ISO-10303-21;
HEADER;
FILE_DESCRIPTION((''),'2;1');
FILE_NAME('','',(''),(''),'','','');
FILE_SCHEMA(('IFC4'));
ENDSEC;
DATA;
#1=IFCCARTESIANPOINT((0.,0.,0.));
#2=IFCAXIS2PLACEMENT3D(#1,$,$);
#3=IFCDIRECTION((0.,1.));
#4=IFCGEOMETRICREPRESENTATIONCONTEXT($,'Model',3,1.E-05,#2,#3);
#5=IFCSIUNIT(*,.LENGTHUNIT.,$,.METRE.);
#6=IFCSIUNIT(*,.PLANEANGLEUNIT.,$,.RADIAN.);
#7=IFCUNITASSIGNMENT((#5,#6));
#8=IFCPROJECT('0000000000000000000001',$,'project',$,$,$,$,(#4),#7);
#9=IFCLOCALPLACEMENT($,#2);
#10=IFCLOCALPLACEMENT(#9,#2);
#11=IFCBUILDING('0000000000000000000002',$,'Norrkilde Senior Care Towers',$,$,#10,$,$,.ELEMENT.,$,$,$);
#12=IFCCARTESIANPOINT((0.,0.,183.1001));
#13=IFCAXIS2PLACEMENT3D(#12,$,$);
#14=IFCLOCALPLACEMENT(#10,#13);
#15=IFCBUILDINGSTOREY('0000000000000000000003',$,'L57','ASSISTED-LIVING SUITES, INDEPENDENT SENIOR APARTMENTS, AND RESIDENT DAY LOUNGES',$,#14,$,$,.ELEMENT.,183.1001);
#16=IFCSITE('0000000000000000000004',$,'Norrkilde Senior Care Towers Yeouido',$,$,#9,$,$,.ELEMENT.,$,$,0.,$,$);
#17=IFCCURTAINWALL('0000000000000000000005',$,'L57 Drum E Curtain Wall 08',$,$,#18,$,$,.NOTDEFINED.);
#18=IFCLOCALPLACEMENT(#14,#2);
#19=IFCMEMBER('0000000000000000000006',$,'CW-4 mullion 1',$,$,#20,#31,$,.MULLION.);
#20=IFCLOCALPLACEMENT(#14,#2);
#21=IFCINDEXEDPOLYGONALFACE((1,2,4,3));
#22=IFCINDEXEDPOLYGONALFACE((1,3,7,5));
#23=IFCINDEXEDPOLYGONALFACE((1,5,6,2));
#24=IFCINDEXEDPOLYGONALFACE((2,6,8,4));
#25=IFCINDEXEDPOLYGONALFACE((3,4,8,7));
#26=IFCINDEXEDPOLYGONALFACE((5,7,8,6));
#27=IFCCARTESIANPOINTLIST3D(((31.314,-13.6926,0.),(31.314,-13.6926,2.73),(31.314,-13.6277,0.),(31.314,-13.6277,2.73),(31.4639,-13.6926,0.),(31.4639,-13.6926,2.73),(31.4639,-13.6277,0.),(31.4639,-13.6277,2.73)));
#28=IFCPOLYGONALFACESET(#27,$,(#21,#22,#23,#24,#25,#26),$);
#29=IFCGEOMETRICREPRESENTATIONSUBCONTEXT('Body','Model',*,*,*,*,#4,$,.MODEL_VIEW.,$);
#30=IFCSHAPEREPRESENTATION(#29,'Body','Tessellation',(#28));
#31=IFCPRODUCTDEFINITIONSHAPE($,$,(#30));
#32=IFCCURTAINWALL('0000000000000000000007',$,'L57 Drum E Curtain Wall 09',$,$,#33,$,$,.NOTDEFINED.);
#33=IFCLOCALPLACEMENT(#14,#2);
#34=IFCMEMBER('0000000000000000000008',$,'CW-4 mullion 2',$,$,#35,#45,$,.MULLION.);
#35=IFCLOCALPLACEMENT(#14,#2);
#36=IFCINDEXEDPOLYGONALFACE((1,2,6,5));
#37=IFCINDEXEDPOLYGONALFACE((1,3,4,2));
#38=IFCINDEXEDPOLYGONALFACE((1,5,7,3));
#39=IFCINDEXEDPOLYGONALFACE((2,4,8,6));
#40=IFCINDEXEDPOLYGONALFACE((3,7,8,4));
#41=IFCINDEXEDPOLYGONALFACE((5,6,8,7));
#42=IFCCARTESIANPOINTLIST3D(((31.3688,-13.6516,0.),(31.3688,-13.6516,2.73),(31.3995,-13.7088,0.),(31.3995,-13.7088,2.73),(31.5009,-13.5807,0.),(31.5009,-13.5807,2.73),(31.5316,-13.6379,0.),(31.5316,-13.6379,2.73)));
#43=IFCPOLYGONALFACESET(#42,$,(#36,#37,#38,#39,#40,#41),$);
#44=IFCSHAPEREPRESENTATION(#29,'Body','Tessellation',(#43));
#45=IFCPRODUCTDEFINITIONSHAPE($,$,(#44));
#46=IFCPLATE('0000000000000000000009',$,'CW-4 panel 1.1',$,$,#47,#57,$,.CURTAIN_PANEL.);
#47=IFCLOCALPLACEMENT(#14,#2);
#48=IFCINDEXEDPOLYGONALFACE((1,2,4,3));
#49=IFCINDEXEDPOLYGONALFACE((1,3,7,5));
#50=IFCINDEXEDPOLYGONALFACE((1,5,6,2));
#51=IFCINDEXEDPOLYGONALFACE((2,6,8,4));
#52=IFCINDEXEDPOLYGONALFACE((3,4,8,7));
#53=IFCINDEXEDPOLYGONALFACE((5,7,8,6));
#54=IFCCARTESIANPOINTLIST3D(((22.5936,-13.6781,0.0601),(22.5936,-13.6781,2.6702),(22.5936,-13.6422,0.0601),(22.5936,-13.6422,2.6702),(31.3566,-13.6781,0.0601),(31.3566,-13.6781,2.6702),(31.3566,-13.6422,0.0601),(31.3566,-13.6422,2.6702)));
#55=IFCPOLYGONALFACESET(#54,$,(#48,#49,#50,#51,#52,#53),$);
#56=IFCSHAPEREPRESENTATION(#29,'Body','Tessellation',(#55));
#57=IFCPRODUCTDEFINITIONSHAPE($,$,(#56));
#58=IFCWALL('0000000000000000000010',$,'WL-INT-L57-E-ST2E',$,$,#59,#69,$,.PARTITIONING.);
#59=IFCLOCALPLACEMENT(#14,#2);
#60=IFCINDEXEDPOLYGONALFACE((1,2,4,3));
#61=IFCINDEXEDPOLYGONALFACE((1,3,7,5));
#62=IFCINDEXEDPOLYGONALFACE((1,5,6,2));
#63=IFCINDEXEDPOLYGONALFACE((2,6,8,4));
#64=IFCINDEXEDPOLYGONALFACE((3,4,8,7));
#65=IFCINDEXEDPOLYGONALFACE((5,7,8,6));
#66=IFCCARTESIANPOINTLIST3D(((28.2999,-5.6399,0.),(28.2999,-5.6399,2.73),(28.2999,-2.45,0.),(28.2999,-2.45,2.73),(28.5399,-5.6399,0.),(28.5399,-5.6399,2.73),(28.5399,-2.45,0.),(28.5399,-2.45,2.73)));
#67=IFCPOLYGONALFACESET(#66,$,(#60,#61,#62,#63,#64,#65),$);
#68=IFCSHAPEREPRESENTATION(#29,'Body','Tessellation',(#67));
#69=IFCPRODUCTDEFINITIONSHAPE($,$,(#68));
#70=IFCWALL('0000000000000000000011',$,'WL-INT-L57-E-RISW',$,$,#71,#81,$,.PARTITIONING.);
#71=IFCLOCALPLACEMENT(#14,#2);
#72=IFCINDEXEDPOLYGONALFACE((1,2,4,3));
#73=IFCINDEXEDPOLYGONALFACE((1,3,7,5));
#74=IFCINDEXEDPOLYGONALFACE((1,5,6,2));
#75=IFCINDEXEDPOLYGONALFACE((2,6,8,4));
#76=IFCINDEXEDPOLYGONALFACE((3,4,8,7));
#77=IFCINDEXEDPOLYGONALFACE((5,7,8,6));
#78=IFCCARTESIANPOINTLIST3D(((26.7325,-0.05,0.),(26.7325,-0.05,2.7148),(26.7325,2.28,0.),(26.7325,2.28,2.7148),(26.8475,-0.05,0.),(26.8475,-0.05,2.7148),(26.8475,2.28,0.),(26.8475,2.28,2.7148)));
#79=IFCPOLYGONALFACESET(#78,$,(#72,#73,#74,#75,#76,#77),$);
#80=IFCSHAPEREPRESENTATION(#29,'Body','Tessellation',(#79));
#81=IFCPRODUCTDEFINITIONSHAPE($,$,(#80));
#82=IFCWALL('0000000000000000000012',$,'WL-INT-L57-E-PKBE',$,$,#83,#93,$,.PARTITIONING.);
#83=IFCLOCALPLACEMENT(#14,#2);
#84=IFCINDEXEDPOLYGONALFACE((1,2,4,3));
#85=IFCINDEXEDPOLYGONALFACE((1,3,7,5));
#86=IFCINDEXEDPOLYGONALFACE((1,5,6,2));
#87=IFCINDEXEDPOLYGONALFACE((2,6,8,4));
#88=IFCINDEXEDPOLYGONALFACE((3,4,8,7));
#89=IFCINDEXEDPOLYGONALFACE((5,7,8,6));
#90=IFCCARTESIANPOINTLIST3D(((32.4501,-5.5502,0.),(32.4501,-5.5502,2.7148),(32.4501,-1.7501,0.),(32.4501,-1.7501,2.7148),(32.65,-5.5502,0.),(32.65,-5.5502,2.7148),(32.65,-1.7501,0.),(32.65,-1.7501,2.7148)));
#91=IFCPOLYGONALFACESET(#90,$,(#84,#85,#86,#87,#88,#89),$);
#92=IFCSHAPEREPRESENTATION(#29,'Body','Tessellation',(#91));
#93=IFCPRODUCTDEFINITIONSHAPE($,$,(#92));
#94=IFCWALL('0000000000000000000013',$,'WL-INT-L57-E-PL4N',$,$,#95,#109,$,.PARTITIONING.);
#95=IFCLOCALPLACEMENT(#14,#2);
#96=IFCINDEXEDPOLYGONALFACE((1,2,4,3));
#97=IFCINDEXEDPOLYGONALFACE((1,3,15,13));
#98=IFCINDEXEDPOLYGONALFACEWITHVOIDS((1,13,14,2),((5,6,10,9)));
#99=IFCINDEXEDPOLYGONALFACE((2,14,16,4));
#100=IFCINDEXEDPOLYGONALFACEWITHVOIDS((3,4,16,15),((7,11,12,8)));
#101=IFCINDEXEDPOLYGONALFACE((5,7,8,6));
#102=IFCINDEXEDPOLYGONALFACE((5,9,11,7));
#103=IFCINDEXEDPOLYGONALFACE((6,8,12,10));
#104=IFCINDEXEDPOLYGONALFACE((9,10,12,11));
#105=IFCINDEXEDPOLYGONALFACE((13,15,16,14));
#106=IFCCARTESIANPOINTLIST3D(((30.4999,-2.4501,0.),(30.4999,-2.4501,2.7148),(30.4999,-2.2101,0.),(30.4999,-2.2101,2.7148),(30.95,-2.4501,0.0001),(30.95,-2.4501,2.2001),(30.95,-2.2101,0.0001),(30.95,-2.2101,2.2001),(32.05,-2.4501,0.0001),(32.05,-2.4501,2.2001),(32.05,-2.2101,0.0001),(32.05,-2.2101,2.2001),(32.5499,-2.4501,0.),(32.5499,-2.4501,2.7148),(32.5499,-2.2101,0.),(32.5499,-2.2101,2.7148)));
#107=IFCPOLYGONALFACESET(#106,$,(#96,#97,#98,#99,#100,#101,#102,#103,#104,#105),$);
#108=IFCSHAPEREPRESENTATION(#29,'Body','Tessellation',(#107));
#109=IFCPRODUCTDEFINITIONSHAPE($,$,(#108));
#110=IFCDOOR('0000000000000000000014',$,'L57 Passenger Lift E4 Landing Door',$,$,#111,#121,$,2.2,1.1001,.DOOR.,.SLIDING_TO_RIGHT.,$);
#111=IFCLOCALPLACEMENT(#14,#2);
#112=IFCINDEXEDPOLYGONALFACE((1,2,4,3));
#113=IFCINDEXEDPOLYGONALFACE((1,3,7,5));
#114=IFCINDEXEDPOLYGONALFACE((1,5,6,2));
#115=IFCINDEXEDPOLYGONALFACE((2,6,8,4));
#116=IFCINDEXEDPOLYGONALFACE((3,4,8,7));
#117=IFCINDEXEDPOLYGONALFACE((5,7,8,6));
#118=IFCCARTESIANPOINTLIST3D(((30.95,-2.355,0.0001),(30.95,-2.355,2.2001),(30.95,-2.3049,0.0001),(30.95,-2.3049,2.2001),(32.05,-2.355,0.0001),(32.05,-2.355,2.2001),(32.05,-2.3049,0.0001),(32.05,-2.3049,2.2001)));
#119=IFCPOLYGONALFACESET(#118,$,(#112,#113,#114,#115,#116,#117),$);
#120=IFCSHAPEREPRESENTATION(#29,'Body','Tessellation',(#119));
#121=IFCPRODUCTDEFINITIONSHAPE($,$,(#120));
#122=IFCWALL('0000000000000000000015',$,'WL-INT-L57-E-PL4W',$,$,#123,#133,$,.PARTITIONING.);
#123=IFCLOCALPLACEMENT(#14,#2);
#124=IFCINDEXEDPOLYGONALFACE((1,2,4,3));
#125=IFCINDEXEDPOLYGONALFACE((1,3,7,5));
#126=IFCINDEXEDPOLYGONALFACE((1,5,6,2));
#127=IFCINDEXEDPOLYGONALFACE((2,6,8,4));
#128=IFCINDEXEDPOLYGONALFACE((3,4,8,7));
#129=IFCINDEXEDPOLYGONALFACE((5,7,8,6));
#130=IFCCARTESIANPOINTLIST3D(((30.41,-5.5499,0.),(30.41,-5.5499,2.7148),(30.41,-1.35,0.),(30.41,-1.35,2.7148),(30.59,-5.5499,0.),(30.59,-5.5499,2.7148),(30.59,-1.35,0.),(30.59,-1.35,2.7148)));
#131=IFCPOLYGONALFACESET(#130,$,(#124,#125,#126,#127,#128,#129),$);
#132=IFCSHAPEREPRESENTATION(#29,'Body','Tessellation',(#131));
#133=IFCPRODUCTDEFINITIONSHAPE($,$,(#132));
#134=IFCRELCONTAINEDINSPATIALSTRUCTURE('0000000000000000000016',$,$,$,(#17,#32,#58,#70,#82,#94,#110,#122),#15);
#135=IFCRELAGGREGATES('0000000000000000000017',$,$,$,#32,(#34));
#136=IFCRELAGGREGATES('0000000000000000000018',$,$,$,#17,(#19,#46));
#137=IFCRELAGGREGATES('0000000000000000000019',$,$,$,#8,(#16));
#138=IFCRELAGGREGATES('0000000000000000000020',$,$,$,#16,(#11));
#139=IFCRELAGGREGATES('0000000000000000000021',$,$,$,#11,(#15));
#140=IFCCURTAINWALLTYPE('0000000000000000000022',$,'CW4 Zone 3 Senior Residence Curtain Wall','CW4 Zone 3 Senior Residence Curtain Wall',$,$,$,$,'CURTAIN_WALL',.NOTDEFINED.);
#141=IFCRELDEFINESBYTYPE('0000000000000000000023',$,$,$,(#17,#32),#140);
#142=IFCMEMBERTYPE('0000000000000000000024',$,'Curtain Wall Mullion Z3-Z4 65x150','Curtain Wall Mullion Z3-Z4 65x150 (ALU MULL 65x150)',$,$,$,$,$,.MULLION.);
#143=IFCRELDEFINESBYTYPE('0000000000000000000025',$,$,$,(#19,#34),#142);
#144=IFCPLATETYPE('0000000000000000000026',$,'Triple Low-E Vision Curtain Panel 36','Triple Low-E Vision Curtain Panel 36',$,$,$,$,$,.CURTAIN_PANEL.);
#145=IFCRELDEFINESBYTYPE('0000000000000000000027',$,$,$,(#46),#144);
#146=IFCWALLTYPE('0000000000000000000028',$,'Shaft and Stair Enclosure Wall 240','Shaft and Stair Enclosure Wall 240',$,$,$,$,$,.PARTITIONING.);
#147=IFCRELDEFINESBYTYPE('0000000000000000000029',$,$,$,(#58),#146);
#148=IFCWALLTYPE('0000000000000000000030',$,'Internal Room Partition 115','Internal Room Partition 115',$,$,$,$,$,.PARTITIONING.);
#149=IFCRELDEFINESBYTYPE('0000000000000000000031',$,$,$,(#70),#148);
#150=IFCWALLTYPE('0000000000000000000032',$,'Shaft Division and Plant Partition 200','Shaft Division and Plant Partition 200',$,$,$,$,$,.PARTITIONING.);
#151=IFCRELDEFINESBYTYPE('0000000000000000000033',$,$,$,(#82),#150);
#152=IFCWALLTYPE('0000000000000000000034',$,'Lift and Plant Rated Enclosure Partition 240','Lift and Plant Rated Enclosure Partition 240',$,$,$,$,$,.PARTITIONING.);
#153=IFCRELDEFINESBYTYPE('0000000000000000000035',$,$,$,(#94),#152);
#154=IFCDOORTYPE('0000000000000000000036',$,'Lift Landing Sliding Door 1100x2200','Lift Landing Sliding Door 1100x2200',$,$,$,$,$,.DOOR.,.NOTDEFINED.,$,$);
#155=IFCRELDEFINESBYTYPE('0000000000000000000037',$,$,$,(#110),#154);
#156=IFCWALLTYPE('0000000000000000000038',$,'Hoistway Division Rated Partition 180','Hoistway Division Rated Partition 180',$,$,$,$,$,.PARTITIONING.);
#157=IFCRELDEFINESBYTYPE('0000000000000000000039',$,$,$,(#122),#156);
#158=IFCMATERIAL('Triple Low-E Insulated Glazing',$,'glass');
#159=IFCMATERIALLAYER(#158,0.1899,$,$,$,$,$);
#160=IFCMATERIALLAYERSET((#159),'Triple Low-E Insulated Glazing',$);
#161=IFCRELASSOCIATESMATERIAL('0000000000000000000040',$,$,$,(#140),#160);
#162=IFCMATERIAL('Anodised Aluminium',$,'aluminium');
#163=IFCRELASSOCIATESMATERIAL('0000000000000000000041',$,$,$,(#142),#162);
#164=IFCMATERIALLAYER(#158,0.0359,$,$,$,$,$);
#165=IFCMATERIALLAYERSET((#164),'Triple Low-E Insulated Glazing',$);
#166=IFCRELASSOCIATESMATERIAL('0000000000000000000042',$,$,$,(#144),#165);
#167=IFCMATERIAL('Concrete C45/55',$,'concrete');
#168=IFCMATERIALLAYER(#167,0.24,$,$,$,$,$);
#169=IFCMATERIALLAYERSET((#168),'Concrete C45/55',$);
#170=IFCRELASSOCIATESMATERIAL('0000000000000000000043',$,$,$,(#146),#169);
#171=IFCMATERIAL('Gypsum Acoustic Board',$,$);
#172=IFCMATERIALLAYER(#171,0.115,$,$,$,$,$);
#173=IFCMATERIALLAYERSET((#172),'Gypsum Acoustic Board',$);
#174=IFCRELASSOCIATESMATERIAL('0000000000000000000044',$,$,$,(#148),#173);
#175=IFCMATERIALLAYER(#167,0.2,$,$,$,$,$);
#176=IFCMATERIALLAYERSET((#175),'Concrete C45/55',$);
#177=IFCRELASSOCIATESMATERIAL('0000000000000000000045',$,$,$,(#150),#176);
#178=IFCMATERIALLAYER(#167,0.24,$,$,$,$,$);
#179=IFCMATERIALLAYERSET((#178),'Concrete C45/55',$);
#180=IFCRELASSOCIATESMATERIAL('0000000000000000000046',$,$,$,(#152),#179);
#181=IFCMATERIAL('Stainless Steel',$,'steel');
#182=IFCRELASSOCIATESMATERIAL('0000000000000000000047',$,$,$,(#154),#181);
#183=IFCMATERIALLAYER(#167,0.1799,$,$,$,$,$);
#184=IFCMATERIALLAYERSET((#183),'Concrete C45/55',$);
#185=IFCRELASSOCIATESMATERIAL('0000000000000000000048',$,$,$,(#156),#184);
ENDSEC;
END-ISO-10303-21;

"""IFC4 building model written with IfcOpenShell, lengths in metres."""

from ifc_helpers import new_model, si_unit, direction, frame, frame_2d, origin, origin_2d, place, context, subcontext, project, spatial, rectangle, extrude, source, transform, mapped, material, layer, layer_set, material_profile, profile_set, type_object, type_shapes, element, fill, aggregate, save


model = new_model("IFC4")

# Units and contexts
model_context = context("Model", 3, precision=1e-05, world=origin(), true_north=direction((0.0, 1.0)))
body_context = subcontext(model_context, "Body", "Model", "MODEL_VIEW")
ifc_project = project(units=[si_unit("LENGTHUNIT", "METRE"), si_unit("PLANEANGLEUNIT", "RADIAN")], contexts=[model_context])

# Site, building, storey
site_placement = place(None, origin())
site = spatial("IfcSite", under=ifc_project, at=site_placement, Name="Norrkilde Senior Care Towers Yeouido", CompositionType="ELEMENT", RefElevation=0.0)
building_placement = place(site_placement, origin())
building = spatial("IfcBuilding", under=site, at=building_placement, Name="Norrkilde Senior Care Towers", CompositionType="ELEMENT")
storey_placement = place(building_placement, frame((0.0, 0.0, 183.1001)))
storey = spatial("IfcBuildingStorey", under=building, at=storey_placement, Name="L57", Description="ASSISTED-LIVING SUITES, INDEPENDENT SENIOR APARTMENTS, AND RESIDENT DAY LOUNGES", CompositionType="ELEMENT", Elevation=183.1001)

# Curtain wall, member
ifc_material_1 = material(Name="Triple Low-E Insulated Glazing", Category="glass")
ifc_layer_1 = layer(ifc_material_1, 0.1899)
ifc_layer_set_1 = layer_set([ifc_layer_1], Name="Triple Low-E Insulated Glazing")
curtain_wall_type = type_object("IfcCurtainWallType", Name="CW4 Zone 3 Senior Residence Curtain Wall", Description="CW4 Zone 3 Senior Residence Curtain Wall", ElementType="CURTAIN_WALL", PredefinedType="NOTDEFINED", material=ifc_layer_set_1)
curtain_wall_1_placement = place(storey_placement, origin())
curtain_wall_1 = element("IfcCurtainWall", 1, at=curtain_wall_1_placement, inside=storey, type_object=curtain_wall_type, Name="L57 Drum E Curtain Wall 08", PredefinedType="NOTDEFINED")
ifc_material_2 = material(Name="Anodised Aluminium", Category="aluminium")
ifc_material_profile_1 = material_profile(ifc_material_2, rectangle(XDim=0.0649, YDim=0.1499, at=origin_2d()), Name="ALU MULL 65x150")
ifc_profile_set_1 = profile_set([ifc_material_profile_1], Name="Anodised Aluminium")
member_type_1 = type_object("IfcMemberType", Name="Curtain Wall Mullion Z3-Z4 65x150", Description="Curtain Wall Mullion Z3-Z4 65x150 (ALU MULL 65x150)", PredefinedType="MULLION", material=ifc_profile_set_1)
shared_shape_1 = source(origin(), body_context, "Body", "SweptSolid", [
    extrude(rectangle(XDim=0.0649, YDim=0.1499, at=origin_2d()), origin(), (0.0, 0.0, 1.0), 2.73),
])
type_shapes(member_type_1, [shared_shape_1])
member_1_placement = place(storey_placement, frame((31.3889, -13.6602, 0.0), z_axis=(0.0, 0.0, 1.0), x_axis=(0.0, -1.0, 0.0)))
member_1 = element("IfcMember", 2, at=member_1_placement, type_object=member_type_1, Name="CW-4 mullion 1", PredefinedType="MULLION", context=body_context, shape_type="MappedRepresentation", body=[
    mapped(shared_shape_1, transform((0.0, 0.0, 0.0), x_axis=(1.0, 0.0, 0.0), y_axis=(0.0, 1.0, 0.0), z_axis=(0.0, 0.0, 1.0), scale=1.0)),
])

# Curtain wall, member
curtain_wall_2_placement = place(storey_placement, origin())
curtain_wall_2 = element("IfcCurtainWall", 3, at=curtain_wall_2_placement, inside=storey, type_object=curtain_wall_type, Name="L57 Drum E Curtain Wall 09", PredefinedType="NOTDEFINED")
member_2_placement = place(storey_placement, frame((31.4502, -13.6448, 0.0), z_axis=(0.0, 0.0, 1.0), x_axis=(0.473117, -0.881, 0.0)))
member_2 = element("IfcMember", 4, at=member_2_placement, type_object=member_type_1, Name="CW-4 mullion 2", PredefinedType="MULLION", context=body_context, shape_type="MappedRepresentation", body=[
    mapped(shared_shape_1, transform((0.0, 0.0, 0.0), x_axis=(1.0, 0.0, 0.0), y_axis=(0.0, 1.0, 0.0), z_axis=(0.0, 0.0, 1.0), scale=1.0)),
])
aggregate(curtain_wall_2, [member_2])

# Plate
ifc_layer_2 = layer(ifc_material_1, 0.0359)
ifc_layer_set_2 = layer_set([ifc_layer_2], Name="Triple Low-E Insulated Glazing")
plate_type = type_object("IfcPlateType", Name="Triple Low-E Vision Curtain Panel 36", Description="Triple Low-E Vision Curtain Panel 36", PredefinedType="CURTAIN_PANEL", material=ifc_layer_set_2)
shared_shape_2 = source(origin(), body_context, "Body", "SweptSolid", [
    extrude(rectangle(XDim=8.7629, YDim=0.0359, at=origin_2d()), origin(), (0.0, 0.0, 1.0), 2.6101),
])
type_shapes(plate_type, [shared_shape_2])
plate_placement = place(storey_placement, frame((26.9751, -13.6602, 0.0601), z_axis=(0.0, 0.0, 1.0), x_axis=(-1.0, 0.0, 0.0)))
plate = element("IfcPlate", 5, at=plate_placement, type_object=plate_type, Name="CW-4 panel 1.1", PredefinedType="CURTAIN_PANEL", context=body_context, shape_type="MappedRepresentation", body=[
    mapped(shared_shape_2, transform((0.0, 0.0, 0.0), x_axis=(1.0, 0.0, 0.0), y_axis=(0.0, 1.0, 0.0), z_axis=(0.0, 0.0, 1.0), scale=1.0)),
])
aggregate(curtain_wall_1, [member_1, plate])

# Walls
ifc_material_3 = material(Name="Concrete C45/55", Category="concrete")
ifc_layer_3 = layer(ifc_material_3, 0.24)
ifc_layer_set_3 = layer_set([ifc_layer_3], Name="Concrete C45/55")
wall_type_1 = type_object("IfcWallType", Name="Shaft and Stair Enclosure Wall 240", Description="Shaft and Stair Enclosure Wall 240", PredefinedType="PARTITIONING", material=ifc_layer_set_3)
shared_shape_3 = source(origin(), body_context, "Body", "SweptSolid", [
    extrude(rectangle(XDim=3.1899, YDim=0.24, at=frame_2d((1.595, 0.0))), origin(), (0.0, 0.0, 1.0), 2.73),
])
type_shapes(wall_type_1, [shared_shape_3])
wall_1_placement = place(storey_placement, frame((28.4199, -5.6399, 0.0), z_axis=(0.0, 0.0, 1.0), x_axis=(0.0, 1.0, 0.0)))
element("IfcWall", 6, at=wall_1_placement, inside=storey, type_object=wall_type_1, Name="WL-INT-L57-E-ST2E", PredefinedType="PARTITIONING", context=body_context, shape_type="MappedRepresentation", body=[
    mapped(shared_shape_3, transform((0.0, 0.0, 0.0), x_axis=(1.0, 0.0, 0.0), y_axis=(0.0, 1.0, 0.0), z_axis=(0.0, 0.0, 1.0), scale=1.0)),
])
ifc_material_4 = material(Name="Gypsum Acoustic Board")
ifc_layer_4 = layer(ifc_material_4, 0.115)
ifc_layer_set_4 = layer_set([ifc_layer_4], Name="Gypsum Acoustic Board")
wall_type_2 = type_object("IfcWallType", Name="Internal Room Partition 115", Description="Internal Room Partition 115", PredefinedType="PARTITIONING", material=ifc_layer_set_4)
shared_shape_4 = source(origin(), body_context, "Body", "SweptSolid", [
    extrude(rectangle(XDim=2.3301, YDim=0.115, at=frame_2d((1.165, 0.0))), origin(), (0.0, 0.0, 1.0), 2.7148),
])
type_shapes(wall_type_2, [shared_shape_4])
wall_2_placement = place(storey_placement, frame((26.79, -0.05, 0.0), z_axis=(0.0, 0.0, 1.0), x_axis=(0.0, 1.0, 0.0)))
element("IfcWall", 7, at=wall_2_placement, inside=storey, type_object=wall_type_2, Name="WL-INT-L57-E-RISW", PredefinedType="PARTITIONING", context=body_context, shape_type="MappedRepresentation", body=[
    mapped(shared_shape_4, transform((0.0, 0.0, 0.0), x_axis=(1.0, 0.0, 0.0), y_axis=(0.0, 1.0, 0.0), z_axis=(0.0, 0.0, 1.0), scale=1.0)),
])
ifc_layer_5 = layer(ifc_material_3, 0.2)
ifc_layer_set_5 = layer_set([ifc_layer_5], Name="Concrete C45/55")
wall_type_3 = type_object("IfcWallType", Name="Shaft Division and Plant Partition 200", Description="Shaft Division and Plant Partition 200", PredefinedType="PARTITIONING", material=ifc_layer_set_5)
shared_shape_5 = source(origin(), body_context, "Body", "SweptSolid", [
    extrude(rectangle(XDim=3.8, YDim=0.2, at=frame_2d((1.8999, 0.0))), origin(), (0.0, 0.0, 1.0), 2.7148),
])
type_shapes(wall_type_3, [shared_shape_5])
wall_3_placement = place(storey_placement, frame((32.55, -5.55, 0.0), z_axis=(0.0, 0.0, 1.0), x_axis=(0.0, 1.0, 0.0)))
element("IfcWall", 8, at=wall_3_placement, inside=storey, type_object=wall_type_3, Name="WL-INT-L57-E-PKBE", PredefinedType="PARTITIONING", context=body_context, shape_type="MappedRepresentation", body=[
    mapped(shared_shape_5, transform((0.0, 0.0, 0.0), x_axis=(1.0, 0.0, 0.0), y_axis=(0.0, 1.0, 0.0), z_axis=(0.0, 0.0, 1.0), scale=1.0)),
])

# Wall, opening, door
ifc_layer_6 = layer(ifc_material_3, 0.24)
ifc_layer_set_6 = layer_set([ifc_layer_6], Name="Concrete C45/55")
wall_type_4 = type_object("IfcWallType", Name="Lift and Plant Rated Enclosure Partition 240", Description="Lift and Plant Rated Enclosure Partition 240", PredefinedType="PARTITIONING", material=ifc_layer_set_6)
shared_shape_6 = source(origin(), body_context, "Body", "SweptSolid", [
    extrude(rectangle(XDim=2.05, YDim=0.24, at=frame_2d((1.0249, 0.0))), origin(), (0.0, 0.0, 1.0), 2.7148),
])
type_shapes(wall_type_4, [shared_shape_6])
wall_4_placement = place(storey_placement, frame((30.5, -2.3301, 0.0), z_axis=(0.0, 0.0, 1.0), x_axis=(1.0, 0.0, 0.0)))
wall_4 = element("IfcWall", 9, at=wall_4_placement, inside=storey, type_object=wall_type_4, Name="WL-INT-L57-E-PL4N", PredefinedType="PARTITIONING", context=body_context, shape_type="MappedRepresentation", body=[
    mapped(shared_shape_6, transform((0.0, 0.0, 0.0), x_axis=(1.0, 0.0, 0.0), y_axis=(0.0, 1.0, 0.0), z_axis=(0.0, 0.0, 1.0), scale=1.0)),
])
opening_1_placement = place(wall_4_placement, frame((0.45, 0.0, 0.0)))
opening_1 = element("IfcOpeningElement", 10, at=opening_1_placement, cuts=wall_4, PredefinedType="OPENING", context=body_context, shape_type="SweptSolid", body=[
    extrude(rectangle(XDim=1.1001, YDim=2.2, at=frame_2d((0.55, 1.1001))), frame((0.0, 0.1299, 0.0), z_axis=(0.0, -1.0, 0.0), x_axis=(1.0, 0.0, 0.0)), (0.0, 0.0, 1.0), 0.26),
])
ifc_material_5 = material(Name="Stainless Steel", Category="steel")
door_type_1 = type_object("IfcDoorType", Name="Lift Landing Sliding Door 1100x2200", Description="Lift Landing Sliding Door 1100x2200", OperationType="NOTDEFINED", PredefinedType="DOOR", material=ifc_material_5)
shared_shape_7 = source(origin(), body_context, "Body", "SweptSolid", [
    extrude(rectangle(XDim=1.1001, YDim=2.2, at=frame_2d((0.55, 1.1001))), frame((0.0, 0.0249, 0.0), z_axis=(0.0, -1.0, 0.0), x_axis=(1.0, 0.0, 0.0)), (0.0, 0.0, 1.0), 0.05),
])
type_shapes(door_type_1, [shared_shape_7])
door_1_placement = place(opening_1_placement, frame((1.1001, 0.0, 0.0), z_axis=(0.0, 0.0, 1.0), x_axis=(-1.0, 0.0, 0.0)))
door_1 = element("IfcDoor", 11, at=door_1_placement, inside=storey, type_object=door_type_1, Name="L57 Passenger Lift E4 Landing Door", OperationType="SLIDING_TO_RIGHT", OverallHeight=2.2, OverallWidth=1.1001, PredefinedType="DOOR", context=body_context, shape_type="MappedRepresentation", body=[
    mapped(shared_shape_7, transform((0.0, 0.0, 0.0), x_axis=(1.0, 0.0, 0.0), y_axis=(0.0, 1.0, 0.0), z_axis=(0.0, 0.0, 1.0), scale=1.0)),
])
fill(opening_1, door_1)

# Wall
ifc_layer_7 = layer(ifc_material_3, 0.1799)
ifc_layer_set_7 = layer_set([ifc_layer_7], Name="Concrete C45/55")
wall_type_5 = type_object("IfcWallType", Name="Hoistway Division Rated Partition 180", Description="Hoistway Division Rated Partition 180", PredefinedType="PARTITIONING", material=ifc_layer_set_7)
shared_shape_8 = source(origin(), body_context, "Body", "SweptSolid", [
    extrude(rectangle(XDim=4.2, YDim=0.1799, at=frame_2d((2.1001, 0.0))), origin(), (0.0, 0.0, 1.0), 2.7148),
])
type_shapes(wall_type_5, [shared_shape_8])
wall_5_placement = place(storey_placement, frame((30.5, -5.55, 0.0), z_axis=(0.0, 0.0, 1.0), x_axis=(0.0, 1.0, 0.0)))
element("IfcWall", 12, at=wall_5_placement, inside=storey, type_object=wall_type_5, Name="WL-INT-L57-E-PL4W", PredefinedType="PARTITIONING", context=body_context, shape_type="MappedRepresentation", body=[
    mapped(shared_shape_8, transform((0.0, 0.0, 0.0), x_axis=(1.0, 0.0, 0.0), y_axis=(0.0, 1.0, 0.0), z_axis=(0.0, 0.0, 1.0), scale=1.0)),
])

save(model, "model.ifc")
